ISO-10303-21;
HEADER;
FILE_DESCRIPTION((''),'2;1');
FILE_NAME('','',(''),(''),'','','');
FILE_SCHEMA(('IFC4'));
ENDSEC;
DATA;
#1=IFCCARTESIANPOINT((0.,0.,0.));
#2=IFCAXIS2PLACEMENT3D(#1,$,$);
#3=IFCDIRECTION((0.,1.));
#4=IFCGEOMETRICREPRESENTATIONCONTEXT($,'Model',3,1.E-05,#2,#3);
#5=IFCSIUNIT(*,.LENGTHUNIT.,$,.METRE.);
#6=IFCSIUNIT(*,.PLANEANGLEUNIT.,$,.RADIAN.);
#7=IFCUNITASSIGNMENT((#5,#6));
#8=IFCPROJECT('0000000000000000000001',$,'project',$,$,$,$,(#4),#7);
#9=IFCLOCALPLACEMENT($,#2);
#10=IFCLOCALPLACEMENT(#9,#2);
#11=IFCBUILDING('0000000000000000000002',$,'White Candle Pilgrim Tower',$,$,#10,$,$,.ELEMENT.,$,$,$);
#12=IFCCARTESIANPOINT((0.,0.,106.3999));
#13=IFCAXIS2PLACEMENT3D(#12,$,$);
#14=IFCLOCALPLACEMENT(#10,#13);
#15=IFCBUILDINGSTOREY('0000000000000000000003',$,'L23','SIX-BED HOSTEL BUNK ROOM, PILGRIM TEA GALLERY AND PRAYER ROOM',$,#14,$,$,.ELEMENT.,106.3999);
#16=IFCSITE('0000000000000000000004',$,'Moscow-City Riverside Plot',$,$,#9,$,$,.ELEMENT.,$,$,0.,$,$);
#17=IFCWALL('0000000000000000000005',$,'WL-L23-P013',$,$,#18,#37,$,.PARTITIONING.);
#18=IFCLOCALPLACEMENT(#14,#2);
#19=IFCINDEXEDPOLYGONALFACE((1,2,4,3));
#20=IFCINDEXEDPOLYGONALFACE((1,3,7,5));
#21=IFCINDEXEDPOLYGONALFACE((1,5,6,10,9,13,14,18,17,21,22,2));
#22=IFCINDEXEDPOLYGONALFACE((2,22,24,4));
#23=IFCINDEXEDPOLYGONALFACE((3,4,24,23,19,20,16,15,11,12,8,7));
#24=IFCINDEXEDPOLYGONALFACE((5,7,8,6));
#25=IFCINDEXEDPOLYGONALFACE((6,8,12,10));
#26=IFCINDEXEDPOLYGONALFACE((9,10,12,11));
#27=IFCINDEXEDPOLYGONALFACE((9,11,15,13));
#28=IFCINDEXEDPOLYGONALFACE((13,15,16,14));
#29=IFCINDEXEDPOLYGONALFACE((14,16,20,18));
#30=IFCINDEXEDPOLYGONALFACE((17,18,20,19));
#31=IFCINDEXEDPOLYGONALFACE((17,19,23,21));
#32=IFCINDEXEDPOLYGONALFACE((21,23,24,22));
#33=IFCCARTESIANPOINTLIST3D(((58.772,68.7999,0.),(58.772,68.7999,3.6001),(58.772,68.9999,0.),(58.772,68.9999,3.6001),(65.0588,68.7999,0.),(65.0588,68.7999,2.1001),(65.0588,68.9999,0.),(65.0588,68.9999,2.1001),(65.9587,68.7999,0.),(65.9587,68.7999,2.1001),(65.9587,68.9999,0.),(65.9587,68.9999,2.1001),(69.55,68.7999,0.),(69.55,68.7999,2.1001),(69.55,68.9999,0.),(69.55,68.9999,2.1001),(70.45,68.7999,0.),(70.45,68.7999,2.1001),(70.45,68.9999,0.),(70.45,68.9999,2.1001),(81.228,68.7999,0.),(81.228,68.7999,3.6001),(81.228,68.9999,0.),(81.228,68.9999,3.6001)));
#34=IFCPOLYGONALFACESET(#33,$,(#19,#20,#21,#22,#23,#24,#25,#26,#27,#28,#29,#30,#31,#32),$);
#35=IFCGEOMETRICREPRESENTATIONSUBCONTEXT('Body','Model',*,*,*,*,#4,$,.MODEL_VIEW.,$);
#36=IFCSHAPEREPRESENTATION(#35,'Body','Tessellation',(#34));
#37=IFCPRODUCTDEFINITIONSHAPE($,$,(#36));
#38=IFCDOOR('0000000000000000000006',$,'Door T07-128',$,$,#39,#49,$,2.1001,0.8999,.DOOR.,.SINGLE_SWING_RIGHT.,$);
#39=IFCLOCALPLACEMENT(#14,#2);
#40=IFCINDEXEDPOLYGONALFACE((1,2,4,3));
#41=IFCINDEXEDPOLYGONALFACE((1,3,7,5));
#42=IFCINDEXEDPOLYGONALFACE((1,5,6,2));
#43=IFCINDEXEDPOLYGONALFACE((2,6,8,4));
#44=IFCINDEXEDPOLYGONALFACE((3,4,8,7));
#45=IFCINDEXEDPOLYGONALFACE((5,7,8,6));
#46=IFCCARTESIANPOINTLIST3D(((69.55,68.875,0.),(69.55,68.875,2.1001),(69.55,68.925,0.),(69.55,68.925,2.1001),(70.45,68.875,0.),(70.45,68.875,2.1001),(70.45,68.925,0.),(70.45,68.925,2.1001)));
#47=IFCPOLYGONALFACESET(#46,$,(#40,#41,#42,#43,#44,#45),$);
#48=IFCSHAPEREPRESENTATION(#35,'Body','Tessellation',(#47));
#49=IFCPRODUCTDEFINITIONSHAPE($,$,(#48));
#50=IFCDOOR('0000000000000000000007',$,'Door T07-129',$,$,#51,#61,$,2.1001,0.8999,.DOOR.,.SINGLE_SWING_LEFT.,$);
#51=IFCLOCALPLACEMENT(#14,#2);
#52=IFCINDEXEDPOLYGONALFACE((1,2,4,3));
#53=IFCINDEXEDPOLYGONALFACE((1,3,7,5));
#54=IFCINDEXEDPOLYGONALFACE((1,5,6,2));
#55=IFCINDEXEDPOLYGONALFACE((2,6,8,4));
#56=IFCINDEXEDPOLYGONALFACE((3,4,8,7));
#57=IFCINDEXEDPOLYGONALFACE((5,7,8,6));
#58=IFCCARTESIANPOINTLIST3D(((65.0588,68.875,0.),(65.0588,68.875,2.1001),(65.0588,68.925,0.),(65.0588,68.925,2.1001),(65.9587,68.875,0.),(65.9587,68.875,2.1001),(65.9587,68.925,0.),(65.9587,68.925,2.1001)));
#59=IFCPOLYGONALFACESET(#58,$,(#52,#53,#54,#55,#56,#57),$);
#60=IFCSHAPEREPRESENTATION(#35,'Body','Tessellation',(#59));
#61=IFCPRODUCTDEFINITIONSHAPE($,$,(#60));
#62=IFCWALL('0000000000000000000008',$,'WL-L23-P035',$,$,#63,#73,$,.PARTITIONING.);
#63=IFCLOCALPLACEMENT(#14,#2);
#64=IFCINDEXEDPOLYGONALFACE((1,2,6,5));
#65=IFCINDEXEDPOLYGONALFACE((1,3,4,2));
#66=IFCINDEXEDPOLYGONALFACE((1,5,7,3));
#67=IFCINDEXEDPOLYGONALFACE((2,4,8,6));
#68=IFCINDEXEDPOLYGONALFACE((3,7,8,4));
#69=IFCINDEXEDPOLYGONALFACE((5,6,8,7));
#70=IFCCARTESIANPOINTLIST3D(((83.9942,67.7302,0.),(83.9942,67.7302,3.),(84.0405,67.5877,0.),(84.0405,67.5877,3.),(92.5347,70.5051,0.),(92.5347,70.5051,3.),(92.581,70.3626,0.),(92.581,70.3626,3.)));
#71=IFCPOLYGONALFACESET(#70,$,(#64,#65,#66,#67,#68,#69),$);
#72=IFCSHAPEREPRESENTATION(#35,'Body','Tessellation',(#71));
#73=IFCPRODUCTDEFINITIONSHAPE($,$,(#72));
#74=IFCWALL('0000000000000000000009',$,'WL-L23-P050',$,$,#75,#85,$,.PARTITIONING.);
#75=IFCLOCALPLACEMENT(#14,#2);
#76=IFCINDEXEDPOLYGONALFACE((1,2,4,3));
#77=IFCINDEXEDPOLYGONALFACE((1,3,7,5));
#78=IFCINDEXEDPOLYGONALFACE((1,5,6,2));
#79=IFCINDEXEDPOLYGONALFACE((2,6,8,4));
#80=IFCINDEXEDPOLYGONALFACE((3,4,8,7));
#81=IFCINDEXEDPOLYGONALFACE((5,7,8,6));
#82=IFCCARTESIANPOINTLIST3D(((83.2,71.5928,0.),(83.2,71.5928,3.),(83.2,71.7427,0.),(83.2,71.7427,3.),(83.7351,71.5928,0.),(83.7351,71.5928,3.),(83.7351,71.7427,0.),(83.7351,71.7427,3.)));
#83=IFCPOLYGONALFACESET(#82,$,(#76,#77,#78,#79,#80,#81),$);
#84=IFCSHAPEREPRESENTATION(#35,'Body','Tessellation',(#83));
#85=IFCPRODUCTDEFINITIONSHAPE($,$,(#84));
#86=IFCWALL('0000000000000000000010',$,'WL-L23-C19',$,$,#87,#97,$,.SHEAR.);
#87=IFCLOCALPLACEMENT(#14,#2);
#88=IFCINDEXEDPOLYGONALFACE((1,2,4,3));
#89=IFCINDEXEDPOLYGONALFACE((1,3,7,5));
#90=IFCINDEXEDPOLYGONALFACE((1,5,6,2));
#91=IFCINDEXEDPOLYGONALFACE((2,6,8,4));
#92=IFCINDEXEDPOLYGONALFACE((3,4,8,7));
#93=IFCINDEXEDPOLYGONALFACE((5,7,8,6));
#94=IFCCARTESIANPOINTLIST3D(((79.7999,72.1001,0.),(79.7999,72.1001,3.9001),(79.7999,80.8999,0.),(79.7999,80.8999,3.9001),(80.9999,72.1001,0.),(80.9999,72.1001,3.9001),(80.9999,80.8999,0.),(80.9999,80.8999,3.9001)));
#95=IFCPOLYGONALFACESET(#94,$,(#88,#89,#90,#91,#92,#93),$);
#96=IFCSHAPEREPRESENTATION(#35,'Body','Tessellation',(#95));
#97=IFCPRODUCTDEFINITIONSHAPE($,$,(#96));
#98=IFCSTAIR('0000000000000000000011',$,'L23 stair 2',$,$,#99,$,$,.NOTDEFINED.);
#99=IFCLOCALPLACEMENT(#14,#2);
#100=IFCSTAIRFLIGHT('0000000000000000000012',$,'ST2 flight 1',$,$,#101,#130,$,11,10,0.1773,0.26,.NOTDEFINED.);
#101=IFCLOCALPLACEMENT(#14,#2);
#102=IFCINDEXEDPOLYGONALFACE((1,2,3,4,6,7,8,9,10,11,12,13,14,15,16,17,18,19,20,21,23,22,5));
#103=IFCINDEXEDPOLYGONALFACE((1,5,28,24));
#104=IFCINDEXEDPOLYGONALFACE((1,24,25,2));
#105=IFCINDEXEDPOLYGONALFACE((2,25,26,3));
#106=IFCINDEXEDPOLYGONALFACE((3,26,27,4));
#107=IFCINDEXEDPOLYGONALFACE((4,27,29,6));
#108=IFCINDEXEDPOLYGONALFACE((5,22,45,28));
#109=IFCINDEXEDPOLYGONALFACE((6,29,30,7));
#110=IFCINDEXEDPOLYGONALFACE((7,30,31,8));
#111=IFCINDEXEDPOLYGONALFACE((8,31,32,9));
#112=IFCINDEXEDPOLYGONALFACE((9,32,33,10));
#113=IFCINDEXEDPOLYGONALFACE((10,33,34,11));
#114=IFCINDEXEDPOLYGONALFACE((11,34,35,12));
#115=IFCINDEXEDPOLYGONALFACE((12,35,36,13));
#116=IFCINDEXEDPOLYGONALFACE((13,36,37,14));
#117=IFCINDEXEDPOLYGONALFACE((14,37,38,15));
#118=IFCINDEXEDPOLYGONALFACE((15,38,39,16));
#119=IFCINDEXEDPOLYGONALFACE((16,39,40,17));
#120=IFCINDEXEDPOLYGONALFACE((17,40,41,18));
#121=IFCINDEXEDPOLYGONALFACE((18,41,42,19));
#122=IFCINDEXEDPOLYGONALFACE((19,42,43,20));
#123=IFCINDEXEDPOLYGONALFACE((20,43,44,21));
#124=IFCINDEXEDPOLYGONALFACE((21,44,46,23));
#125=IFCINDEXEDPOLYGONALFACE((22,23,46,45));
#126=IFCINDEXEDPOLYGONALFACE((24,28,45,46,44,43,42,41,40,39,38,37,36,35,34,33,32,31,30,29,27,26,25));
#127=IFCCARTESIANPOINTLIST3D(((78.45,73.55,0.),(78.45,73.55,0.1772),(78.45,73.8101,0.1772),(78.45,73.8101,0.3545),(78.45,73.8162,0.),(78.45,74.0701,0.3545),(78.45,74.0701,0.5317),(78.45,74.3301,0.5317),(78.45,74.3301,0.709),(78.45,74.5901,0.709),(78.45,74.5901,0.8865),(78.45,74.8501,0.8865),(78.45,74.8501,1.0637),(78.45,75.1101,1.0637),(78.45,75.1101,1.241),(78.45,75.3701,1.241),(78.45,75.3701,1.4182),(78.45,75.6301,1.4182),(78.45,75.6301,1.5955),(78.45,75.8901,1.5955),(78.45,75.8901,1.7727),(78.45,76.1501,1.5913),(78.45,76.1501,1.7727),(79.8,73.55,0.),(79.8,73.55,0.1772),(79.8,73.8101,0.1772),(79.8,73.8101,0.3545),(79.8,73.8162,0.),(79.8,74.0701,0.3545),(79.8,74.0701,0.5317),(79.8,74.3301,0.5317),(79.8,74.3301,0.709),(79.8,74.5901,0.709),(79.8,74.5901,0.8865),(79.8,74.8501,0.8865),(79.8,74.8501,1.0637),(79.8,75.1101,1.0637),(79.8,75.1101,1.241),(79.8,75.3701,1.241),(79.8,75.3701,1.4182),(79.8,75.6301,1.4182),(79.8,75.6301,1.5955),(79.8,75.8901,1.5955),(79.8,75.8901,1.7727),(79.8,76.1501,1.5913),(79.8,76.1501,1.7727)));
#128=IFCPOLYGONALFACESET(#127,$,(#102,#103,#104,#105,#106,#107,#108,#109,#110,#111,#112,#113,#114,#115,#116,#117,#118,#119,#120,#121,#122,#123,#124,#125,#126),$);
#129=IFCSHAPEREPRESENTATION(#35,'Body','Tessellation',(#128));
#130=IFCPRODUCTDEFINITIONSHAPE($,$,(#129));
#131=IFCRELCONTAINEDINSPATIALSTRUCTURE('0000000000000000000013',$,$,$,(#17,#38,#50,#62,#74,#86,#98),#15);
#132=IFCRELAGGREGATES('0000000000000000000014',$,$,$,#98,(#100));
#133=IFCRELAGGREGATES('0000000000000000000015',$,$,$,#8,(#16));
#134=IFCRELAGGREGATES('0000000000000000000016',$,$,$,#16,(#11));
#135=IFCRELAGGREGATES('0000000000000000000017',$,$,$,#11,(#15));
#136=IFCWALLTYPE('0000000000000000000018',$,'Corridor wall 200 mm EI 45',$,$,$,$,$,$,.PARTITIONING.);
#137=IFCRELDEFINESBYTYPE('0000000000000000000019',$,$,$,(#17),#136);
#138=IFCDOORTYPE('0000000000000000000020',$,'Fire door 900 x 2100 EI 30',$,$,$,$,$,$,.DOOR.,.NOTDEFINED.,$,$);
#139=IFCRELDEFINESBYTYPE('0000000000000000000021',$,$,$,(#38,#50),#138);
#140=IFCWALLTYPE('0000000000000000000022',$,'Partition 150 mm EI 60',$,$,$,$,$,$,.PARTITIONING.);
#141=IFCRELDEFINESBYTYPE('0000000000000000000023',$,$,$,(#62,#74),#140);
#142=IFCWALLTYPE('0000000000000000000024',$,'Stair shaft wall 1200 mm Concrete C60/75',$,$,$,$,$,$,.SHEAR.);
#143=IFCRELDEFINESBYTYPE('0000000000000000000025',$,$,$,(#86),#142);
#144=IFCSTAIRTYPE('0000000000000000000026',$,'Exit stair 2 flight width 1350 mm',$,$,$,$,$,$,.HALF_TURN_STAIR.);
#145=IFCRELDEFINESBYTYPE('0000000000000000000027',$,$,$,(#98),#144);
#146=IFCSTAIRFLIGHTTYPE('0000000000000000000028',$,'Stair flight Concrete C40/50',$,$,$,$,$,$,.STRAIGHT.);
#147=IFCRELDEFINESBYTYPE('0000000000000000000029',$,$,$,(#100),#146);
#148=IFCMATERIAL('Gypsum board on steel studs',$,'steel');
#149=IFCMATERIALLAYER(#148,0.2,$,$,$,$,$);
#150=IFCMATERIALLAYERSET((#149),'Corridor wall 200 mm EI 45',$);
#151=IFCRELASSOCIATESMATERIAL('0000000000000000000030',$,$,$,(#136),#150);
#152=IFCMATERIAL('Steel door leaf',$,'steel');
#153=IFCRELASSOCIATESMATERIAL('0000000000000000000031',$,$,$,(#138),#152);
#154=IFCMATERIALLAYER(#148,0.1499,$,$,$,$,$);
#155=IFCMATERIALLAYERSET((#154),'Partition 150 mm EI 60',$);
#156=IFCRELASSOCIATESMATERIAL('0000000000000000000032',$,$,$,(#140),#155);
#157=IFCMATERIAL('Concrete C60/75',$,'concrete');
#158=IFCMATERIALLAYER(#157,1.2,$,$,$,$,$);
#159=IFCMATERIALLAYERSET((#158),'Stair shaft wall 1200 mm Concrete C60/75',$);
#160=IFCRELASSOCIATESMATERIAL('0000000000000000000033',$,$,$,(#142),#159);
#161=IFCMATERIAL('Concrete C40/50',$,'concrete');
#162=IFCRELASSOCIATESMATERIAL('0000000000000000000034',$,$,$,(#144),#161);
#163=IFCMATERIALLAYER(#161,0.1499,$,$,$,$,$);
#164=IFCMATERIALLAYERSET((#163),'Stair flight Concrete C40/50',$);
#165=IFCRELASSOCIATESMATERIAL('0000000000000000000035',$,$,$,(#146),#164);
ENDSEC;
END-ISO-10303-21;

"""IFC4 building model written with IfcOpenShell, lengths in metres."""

from ifc_helpers import new_model, si_unit, direction, frame, frame_2d, origin, place, context, subcontext, project, spatial, polyline, rectangle, outline, extrude, material, layer, layer_set, type_object, element, fill, aggregate, save


model = new_model("IFC4")

# Units and contexts
model_context = context("Model", 3, precision=1e-05, world=origin(), true_north=direction((0.0, 1.0)))
body_context = subcontext(model_context, "Body", "Model", "MODEL_VIEW")
ifc_project = project(units=[si_unit("LENGTHUNIT", "METRE"), si_unit("PLANEANGLEUNIT", "RADIAN")], contexts=[model_context])

# Site, building, storey
site_placement = place(None, origin())
site = spatial("IfcSite", under=ifc_project, at=site_placement, Name="Moscow-City Riverside Plot", CompositionType="ELEMENT", RefElevation=0.0)
building_placement = place(site_placement, origin())
building = spatial("IfcBuilding", under=site, at=building_placement, Name="White Candle Pilgrim Tower", CompositionType="ELEMENT")
storey_placement = place(building_placement, frame((0.0, 0.0, 106.3999)))
storey = spatial("IfcBuildingStorey", under=building, at=storey_placement, Name="L23", Description="SIX-BED HOSTEL BUNK ROOM, PILGRIM TEA GALLERY AND PRAYER ROOM", CompositionType="ELEMENT", Elevation=106.3999)

# Shared definitions
ifc_material_1 = material(Name="Gypsum board on steel studs", Category="steel")
ifc_layer_1 = layer(ifc_material_1, 0.2)
ifc_layer_set_1 = layer_set([ifc_layer_1], Name="Corridor wall 200 mm EI 45")
wall_type_1 = type_object("IfcWallType", Name="Corridor wall 200 mm EI 45", PredefinedType="PARTITIONING", material=ifc_layer_set_1)
ifc_material_2 = material(Name="Steel door leaf", Category="steel")
door_type = type_object("IfcDoorType", Name="Fire door 900 x 2100 EI 30", OperationType="NOTDEFINED", PredefinedType="DOOR", material=ifc_material_2)

# Wall, openings, doors
wall_1_placement = place(storey_placement, frame((81.228, 68.8999, 0.0), z_axis=(0.0, 0.0, 1.0), x_axis=(-1.0, 0.0, 0.0)))
wall_1 = element("IfcWall", 1, at=wall_1_placement, inside=storey, type_object=wall_type_1, Name="WL-L23-P013", PredefinedType="PARTITIONING", context=body_context, shape_type="SweptSolid", body=[
    extrude(rectangle(XDim=22.4561, YDim=0.2, at=frame_2d((11.228, 0.0))), origin(), (0.0, 0.0, 1.0), 3.6001),
])
opening_1_placement = place(wall_1_placement, frame((10.7781, 0.0, 0.0)))
opening_1 = element("IfcOpeningElement", 2, at=opening_1_placement, cuts=wall_1, PredefinedType="OPENING", context=body_context, shape_type="SweptSolid", body=[
    extrude(rectangle(XDim=0.8999, YDim=2.1001, at=frame_2d((0.45, 1.05))), frame((0.0, 0.1099, 0.0), z_axis=(0.0, -1.0, 0.0), x_axis=(1.0, 0.0, 0.0)), (0.0, 0.0, 1.0), 0.22),
])
opening_2_placement = place(wall_1_placement, frame((15.2693, 0.0, 0.0)))
opening_2 = element("IfcOpeningElement", 3, at=opening_2_placement, cuts=wall_1, PredefinedType="OPENING", context=body_context, shape_type="SweptSolid", body=[
    extrude(rectangle(XDim=0.8999, YDim=2.1001, at=frame_2d((0.45, 1.05))), frame((0.0, 0.1099, 0.0), z_axis=(0.0, -1.0, 0.0), x_axis=(1.0, 0.0, 0.0)), (0.0, 0.0, 1.0), 0.22),
])
door_1_placement = place(opening_1_placement, origin())
door_1 = element("IfcDoor", 4, at=door_1_placement, inside=storey, type_object=door_type, Name="Door T07-128", OperationType="SINGLE_SWING_RIGHT", OverallHeight=2.1001, OverallWidth=0.8999, PredefinedType="DOOR", context=body_context, shape_type="SweptSolid", body=[
    extrude(rectangle(XDim=0.8999, YDim=2.1001, at=frame_2d((0.45, 1.05))), frame((0.0, 0.0249, 0.0), z_axis=(0.0, -1.0, 0.0), x_axis=(1.0, 0.0, 0.0)), (0.0, 0.0, 1.0), 0.05),
])
fill(opening_1, door_1)
door_2_placement = place(opening_2_placement, origin())
door_2 = element("IfcDoor", 5, at=door_2_placement, inside=storey, type_object=door_type, Name="Door T07-129", OperationType="SINGLE_SWING_LEFT", OverallHeight=2.1001, OverallWidth=0.8999, PredefinedType="DOOR", context=body_context, shape_type="SweptSolid", body=[
    extrude(rectangle(XDim=0.8999, YDim=2.1001, at=frame_2d((0.45, 1.05))), frame((0.0, 0.0249, 0.0), z_axis=(0.0, -1.0, 0.0), x_axis=(1.0, 0.0, 0.0)), (0.0, 0.0, 1.0), 0.05),
])
fill(opening_2, door_2)

# Walls
ifc_layer_2 = layer(ifc_material_1, 0.1499)
ifc_layer_set_2 = layer_set([ifc_layer_2], Name="Partition 150 mm EI 60")
wall_type_2 = type_object("IfcWallType", Name="Partition 150 mm EI 60", PredefinedType="PARTITIONING", material=ifc_layer_set_2)
wall_2_placement = place(storey_placement, frame((92.5579, 70.4338, 0.0), z_axis=(0.0, 0.0, 1.0), x_axis=(-0.951059, -0.309009, 0.0)))
element("IfcWall", 6, at=wall_2_placement, inside=storey, type_object=wall_type_2, Name="WL-L23-P035", PredefinedType="PARTITIONING", context=body_context, shape_type="SweptSolid", body=[
    extrude(rectangle(XDim=8.98, YDim=0.1499, at=frame_2d((4.49, 0.0))), origin(), (0.0, 0.0, 1.0), 3.0),
])
wall_3_placement = place(storey_placement, frame((83.7351, 71.6677, 0.0), z_axis=(0.0, 0.0, 1.0), x_axis=(-1.0, 0.0, 0.0)))
element("IfcWall", 7, at=wall_3_placement, inside=storey, type_object=wall_type_2, Name="WL-L23-P050", PredefinedType="PARTITIONING", context=body_context, shape_type="SweptSolid", body=[
    extrude(rectangle(XDim=0.5352, YDim=0.1499, at=frame_2d((0.2676, 0.0))), origin(), (0.0, 0.0, 1.0), 3.0),
])
ifc_material_3 = material(Name="Concrete C60/75", Category="concrete")
ifc_layer_3 = layer(ifc_material_3, 1.2)
ifc_layer_set_3 = layer_set([ifc_layer_3], Name="Stair shaft wall 1200 mm Concrete C60/75")
wall_type_3 = type_object("IfcWallType", Name="Stair shaft wall 1200 mm Concrete C60/75", PredefinedType="SHEAR", material=ifc_layer_set_3)
wall_4_placement = place(storey_placement, frame((80.3999, 72.1001, 0.0), z_axis=(0.0, 0.0, 1.0), x_axis=(0.0, 1.0, 0.0)))
element("IfcWall", 8, at=wall_4_placement, inside=storey, type_object=wall_type_3, Name="WL-L23-C19", PredefinedType="SHEAR", context=body_context, shape_type="SweptSolid", body=[
    extrude(rectangle(XDim=8.7998, YDim=1.2, at=frame_2d((4.3999, 0.0))), origin(), (0.0, 0.0, 1.0), 3.9001),
])

# Stair, stair flight
ifc_material_4 = material(Name="Concrete C40/50", Category="concrete")
stair_type = type_object("IfcStairType", Name="Exit stair 2 flight width 1350 mm", PredefinedType="HALF_TURN_STAIR", material=ifc_material_4)
stair_placement = place(storey_placement, origin())
stair = element("IfcStair", 9, at=stair_placement, inside=storey, type_object=stair_type, Name="L23 stair 2", PredefinedType="NOTDEFINED")
ifc_layer_4 = layer(ifc_material_4, 0.1499)
ifc_layer_set_4 = layer_set([ifc_layer_4], Name="Stair flight Concrete C40/50")
stair_flight_type = type_object("IfcStairFlightType", Name="Stair flight Concrete C40/50", PredefinedType="STRAIGHT", material=ifc_layer_set_4)
stair_flight_placement = place(storey_placement, frame((79.125, 73.55, 0.0), z_axis=(0.0, 0.0, 1.0), x_axis=(0.0, 1.0, 0.0)))
stair_flight = element("IfcStairFlight", 10, at=stair_flight_placement, type_object=stair_flight_type, Name="ST2 flight 1", NumberOfRisers=11, NumberOfTreads=10, PredefinedType="NOTDEFINED", RiserHeight=0.1773, TreadLength=0.26, context=body_context, shape_type="SweptSolid", body=[
    extrude(outline(polyline([(0.0, 0.0), (0.0, 0.1772), (0.26, 0.1772), (0.26, 0.3545), (0.52, 0.3545), (0.52, 0.5317), (0.78, 0.5317), (0.78, 0.709), (1.04, 0.709), (1.04, 0.8865), (1.3, 0.8865), (1.3, 1.0637), (1.5601, 1.0637), (1.5601, 1.241), (1.8201, 1.241), (1.8201, 1.4182), (2.0801, 1.4182), (2.0801, 1.5955), (2.3401, 1.5955), (2.3401, 1.7727), (2.6001, 1.7727), (2.6001, 1.95), (2.6001, 1.5913), (0.2661, 0.0), (0.0, 0.0)])), frame((0.0, 0.675, 0.0), z_axis=(0.0, -1.0, 0.0), x_axis=(1.0, 0.0, 0.0)), (0.0, 0.0, 1.0), 1.3501),
])
aggregate(stair, [stair_flight])

save(model, "model.ifc")
